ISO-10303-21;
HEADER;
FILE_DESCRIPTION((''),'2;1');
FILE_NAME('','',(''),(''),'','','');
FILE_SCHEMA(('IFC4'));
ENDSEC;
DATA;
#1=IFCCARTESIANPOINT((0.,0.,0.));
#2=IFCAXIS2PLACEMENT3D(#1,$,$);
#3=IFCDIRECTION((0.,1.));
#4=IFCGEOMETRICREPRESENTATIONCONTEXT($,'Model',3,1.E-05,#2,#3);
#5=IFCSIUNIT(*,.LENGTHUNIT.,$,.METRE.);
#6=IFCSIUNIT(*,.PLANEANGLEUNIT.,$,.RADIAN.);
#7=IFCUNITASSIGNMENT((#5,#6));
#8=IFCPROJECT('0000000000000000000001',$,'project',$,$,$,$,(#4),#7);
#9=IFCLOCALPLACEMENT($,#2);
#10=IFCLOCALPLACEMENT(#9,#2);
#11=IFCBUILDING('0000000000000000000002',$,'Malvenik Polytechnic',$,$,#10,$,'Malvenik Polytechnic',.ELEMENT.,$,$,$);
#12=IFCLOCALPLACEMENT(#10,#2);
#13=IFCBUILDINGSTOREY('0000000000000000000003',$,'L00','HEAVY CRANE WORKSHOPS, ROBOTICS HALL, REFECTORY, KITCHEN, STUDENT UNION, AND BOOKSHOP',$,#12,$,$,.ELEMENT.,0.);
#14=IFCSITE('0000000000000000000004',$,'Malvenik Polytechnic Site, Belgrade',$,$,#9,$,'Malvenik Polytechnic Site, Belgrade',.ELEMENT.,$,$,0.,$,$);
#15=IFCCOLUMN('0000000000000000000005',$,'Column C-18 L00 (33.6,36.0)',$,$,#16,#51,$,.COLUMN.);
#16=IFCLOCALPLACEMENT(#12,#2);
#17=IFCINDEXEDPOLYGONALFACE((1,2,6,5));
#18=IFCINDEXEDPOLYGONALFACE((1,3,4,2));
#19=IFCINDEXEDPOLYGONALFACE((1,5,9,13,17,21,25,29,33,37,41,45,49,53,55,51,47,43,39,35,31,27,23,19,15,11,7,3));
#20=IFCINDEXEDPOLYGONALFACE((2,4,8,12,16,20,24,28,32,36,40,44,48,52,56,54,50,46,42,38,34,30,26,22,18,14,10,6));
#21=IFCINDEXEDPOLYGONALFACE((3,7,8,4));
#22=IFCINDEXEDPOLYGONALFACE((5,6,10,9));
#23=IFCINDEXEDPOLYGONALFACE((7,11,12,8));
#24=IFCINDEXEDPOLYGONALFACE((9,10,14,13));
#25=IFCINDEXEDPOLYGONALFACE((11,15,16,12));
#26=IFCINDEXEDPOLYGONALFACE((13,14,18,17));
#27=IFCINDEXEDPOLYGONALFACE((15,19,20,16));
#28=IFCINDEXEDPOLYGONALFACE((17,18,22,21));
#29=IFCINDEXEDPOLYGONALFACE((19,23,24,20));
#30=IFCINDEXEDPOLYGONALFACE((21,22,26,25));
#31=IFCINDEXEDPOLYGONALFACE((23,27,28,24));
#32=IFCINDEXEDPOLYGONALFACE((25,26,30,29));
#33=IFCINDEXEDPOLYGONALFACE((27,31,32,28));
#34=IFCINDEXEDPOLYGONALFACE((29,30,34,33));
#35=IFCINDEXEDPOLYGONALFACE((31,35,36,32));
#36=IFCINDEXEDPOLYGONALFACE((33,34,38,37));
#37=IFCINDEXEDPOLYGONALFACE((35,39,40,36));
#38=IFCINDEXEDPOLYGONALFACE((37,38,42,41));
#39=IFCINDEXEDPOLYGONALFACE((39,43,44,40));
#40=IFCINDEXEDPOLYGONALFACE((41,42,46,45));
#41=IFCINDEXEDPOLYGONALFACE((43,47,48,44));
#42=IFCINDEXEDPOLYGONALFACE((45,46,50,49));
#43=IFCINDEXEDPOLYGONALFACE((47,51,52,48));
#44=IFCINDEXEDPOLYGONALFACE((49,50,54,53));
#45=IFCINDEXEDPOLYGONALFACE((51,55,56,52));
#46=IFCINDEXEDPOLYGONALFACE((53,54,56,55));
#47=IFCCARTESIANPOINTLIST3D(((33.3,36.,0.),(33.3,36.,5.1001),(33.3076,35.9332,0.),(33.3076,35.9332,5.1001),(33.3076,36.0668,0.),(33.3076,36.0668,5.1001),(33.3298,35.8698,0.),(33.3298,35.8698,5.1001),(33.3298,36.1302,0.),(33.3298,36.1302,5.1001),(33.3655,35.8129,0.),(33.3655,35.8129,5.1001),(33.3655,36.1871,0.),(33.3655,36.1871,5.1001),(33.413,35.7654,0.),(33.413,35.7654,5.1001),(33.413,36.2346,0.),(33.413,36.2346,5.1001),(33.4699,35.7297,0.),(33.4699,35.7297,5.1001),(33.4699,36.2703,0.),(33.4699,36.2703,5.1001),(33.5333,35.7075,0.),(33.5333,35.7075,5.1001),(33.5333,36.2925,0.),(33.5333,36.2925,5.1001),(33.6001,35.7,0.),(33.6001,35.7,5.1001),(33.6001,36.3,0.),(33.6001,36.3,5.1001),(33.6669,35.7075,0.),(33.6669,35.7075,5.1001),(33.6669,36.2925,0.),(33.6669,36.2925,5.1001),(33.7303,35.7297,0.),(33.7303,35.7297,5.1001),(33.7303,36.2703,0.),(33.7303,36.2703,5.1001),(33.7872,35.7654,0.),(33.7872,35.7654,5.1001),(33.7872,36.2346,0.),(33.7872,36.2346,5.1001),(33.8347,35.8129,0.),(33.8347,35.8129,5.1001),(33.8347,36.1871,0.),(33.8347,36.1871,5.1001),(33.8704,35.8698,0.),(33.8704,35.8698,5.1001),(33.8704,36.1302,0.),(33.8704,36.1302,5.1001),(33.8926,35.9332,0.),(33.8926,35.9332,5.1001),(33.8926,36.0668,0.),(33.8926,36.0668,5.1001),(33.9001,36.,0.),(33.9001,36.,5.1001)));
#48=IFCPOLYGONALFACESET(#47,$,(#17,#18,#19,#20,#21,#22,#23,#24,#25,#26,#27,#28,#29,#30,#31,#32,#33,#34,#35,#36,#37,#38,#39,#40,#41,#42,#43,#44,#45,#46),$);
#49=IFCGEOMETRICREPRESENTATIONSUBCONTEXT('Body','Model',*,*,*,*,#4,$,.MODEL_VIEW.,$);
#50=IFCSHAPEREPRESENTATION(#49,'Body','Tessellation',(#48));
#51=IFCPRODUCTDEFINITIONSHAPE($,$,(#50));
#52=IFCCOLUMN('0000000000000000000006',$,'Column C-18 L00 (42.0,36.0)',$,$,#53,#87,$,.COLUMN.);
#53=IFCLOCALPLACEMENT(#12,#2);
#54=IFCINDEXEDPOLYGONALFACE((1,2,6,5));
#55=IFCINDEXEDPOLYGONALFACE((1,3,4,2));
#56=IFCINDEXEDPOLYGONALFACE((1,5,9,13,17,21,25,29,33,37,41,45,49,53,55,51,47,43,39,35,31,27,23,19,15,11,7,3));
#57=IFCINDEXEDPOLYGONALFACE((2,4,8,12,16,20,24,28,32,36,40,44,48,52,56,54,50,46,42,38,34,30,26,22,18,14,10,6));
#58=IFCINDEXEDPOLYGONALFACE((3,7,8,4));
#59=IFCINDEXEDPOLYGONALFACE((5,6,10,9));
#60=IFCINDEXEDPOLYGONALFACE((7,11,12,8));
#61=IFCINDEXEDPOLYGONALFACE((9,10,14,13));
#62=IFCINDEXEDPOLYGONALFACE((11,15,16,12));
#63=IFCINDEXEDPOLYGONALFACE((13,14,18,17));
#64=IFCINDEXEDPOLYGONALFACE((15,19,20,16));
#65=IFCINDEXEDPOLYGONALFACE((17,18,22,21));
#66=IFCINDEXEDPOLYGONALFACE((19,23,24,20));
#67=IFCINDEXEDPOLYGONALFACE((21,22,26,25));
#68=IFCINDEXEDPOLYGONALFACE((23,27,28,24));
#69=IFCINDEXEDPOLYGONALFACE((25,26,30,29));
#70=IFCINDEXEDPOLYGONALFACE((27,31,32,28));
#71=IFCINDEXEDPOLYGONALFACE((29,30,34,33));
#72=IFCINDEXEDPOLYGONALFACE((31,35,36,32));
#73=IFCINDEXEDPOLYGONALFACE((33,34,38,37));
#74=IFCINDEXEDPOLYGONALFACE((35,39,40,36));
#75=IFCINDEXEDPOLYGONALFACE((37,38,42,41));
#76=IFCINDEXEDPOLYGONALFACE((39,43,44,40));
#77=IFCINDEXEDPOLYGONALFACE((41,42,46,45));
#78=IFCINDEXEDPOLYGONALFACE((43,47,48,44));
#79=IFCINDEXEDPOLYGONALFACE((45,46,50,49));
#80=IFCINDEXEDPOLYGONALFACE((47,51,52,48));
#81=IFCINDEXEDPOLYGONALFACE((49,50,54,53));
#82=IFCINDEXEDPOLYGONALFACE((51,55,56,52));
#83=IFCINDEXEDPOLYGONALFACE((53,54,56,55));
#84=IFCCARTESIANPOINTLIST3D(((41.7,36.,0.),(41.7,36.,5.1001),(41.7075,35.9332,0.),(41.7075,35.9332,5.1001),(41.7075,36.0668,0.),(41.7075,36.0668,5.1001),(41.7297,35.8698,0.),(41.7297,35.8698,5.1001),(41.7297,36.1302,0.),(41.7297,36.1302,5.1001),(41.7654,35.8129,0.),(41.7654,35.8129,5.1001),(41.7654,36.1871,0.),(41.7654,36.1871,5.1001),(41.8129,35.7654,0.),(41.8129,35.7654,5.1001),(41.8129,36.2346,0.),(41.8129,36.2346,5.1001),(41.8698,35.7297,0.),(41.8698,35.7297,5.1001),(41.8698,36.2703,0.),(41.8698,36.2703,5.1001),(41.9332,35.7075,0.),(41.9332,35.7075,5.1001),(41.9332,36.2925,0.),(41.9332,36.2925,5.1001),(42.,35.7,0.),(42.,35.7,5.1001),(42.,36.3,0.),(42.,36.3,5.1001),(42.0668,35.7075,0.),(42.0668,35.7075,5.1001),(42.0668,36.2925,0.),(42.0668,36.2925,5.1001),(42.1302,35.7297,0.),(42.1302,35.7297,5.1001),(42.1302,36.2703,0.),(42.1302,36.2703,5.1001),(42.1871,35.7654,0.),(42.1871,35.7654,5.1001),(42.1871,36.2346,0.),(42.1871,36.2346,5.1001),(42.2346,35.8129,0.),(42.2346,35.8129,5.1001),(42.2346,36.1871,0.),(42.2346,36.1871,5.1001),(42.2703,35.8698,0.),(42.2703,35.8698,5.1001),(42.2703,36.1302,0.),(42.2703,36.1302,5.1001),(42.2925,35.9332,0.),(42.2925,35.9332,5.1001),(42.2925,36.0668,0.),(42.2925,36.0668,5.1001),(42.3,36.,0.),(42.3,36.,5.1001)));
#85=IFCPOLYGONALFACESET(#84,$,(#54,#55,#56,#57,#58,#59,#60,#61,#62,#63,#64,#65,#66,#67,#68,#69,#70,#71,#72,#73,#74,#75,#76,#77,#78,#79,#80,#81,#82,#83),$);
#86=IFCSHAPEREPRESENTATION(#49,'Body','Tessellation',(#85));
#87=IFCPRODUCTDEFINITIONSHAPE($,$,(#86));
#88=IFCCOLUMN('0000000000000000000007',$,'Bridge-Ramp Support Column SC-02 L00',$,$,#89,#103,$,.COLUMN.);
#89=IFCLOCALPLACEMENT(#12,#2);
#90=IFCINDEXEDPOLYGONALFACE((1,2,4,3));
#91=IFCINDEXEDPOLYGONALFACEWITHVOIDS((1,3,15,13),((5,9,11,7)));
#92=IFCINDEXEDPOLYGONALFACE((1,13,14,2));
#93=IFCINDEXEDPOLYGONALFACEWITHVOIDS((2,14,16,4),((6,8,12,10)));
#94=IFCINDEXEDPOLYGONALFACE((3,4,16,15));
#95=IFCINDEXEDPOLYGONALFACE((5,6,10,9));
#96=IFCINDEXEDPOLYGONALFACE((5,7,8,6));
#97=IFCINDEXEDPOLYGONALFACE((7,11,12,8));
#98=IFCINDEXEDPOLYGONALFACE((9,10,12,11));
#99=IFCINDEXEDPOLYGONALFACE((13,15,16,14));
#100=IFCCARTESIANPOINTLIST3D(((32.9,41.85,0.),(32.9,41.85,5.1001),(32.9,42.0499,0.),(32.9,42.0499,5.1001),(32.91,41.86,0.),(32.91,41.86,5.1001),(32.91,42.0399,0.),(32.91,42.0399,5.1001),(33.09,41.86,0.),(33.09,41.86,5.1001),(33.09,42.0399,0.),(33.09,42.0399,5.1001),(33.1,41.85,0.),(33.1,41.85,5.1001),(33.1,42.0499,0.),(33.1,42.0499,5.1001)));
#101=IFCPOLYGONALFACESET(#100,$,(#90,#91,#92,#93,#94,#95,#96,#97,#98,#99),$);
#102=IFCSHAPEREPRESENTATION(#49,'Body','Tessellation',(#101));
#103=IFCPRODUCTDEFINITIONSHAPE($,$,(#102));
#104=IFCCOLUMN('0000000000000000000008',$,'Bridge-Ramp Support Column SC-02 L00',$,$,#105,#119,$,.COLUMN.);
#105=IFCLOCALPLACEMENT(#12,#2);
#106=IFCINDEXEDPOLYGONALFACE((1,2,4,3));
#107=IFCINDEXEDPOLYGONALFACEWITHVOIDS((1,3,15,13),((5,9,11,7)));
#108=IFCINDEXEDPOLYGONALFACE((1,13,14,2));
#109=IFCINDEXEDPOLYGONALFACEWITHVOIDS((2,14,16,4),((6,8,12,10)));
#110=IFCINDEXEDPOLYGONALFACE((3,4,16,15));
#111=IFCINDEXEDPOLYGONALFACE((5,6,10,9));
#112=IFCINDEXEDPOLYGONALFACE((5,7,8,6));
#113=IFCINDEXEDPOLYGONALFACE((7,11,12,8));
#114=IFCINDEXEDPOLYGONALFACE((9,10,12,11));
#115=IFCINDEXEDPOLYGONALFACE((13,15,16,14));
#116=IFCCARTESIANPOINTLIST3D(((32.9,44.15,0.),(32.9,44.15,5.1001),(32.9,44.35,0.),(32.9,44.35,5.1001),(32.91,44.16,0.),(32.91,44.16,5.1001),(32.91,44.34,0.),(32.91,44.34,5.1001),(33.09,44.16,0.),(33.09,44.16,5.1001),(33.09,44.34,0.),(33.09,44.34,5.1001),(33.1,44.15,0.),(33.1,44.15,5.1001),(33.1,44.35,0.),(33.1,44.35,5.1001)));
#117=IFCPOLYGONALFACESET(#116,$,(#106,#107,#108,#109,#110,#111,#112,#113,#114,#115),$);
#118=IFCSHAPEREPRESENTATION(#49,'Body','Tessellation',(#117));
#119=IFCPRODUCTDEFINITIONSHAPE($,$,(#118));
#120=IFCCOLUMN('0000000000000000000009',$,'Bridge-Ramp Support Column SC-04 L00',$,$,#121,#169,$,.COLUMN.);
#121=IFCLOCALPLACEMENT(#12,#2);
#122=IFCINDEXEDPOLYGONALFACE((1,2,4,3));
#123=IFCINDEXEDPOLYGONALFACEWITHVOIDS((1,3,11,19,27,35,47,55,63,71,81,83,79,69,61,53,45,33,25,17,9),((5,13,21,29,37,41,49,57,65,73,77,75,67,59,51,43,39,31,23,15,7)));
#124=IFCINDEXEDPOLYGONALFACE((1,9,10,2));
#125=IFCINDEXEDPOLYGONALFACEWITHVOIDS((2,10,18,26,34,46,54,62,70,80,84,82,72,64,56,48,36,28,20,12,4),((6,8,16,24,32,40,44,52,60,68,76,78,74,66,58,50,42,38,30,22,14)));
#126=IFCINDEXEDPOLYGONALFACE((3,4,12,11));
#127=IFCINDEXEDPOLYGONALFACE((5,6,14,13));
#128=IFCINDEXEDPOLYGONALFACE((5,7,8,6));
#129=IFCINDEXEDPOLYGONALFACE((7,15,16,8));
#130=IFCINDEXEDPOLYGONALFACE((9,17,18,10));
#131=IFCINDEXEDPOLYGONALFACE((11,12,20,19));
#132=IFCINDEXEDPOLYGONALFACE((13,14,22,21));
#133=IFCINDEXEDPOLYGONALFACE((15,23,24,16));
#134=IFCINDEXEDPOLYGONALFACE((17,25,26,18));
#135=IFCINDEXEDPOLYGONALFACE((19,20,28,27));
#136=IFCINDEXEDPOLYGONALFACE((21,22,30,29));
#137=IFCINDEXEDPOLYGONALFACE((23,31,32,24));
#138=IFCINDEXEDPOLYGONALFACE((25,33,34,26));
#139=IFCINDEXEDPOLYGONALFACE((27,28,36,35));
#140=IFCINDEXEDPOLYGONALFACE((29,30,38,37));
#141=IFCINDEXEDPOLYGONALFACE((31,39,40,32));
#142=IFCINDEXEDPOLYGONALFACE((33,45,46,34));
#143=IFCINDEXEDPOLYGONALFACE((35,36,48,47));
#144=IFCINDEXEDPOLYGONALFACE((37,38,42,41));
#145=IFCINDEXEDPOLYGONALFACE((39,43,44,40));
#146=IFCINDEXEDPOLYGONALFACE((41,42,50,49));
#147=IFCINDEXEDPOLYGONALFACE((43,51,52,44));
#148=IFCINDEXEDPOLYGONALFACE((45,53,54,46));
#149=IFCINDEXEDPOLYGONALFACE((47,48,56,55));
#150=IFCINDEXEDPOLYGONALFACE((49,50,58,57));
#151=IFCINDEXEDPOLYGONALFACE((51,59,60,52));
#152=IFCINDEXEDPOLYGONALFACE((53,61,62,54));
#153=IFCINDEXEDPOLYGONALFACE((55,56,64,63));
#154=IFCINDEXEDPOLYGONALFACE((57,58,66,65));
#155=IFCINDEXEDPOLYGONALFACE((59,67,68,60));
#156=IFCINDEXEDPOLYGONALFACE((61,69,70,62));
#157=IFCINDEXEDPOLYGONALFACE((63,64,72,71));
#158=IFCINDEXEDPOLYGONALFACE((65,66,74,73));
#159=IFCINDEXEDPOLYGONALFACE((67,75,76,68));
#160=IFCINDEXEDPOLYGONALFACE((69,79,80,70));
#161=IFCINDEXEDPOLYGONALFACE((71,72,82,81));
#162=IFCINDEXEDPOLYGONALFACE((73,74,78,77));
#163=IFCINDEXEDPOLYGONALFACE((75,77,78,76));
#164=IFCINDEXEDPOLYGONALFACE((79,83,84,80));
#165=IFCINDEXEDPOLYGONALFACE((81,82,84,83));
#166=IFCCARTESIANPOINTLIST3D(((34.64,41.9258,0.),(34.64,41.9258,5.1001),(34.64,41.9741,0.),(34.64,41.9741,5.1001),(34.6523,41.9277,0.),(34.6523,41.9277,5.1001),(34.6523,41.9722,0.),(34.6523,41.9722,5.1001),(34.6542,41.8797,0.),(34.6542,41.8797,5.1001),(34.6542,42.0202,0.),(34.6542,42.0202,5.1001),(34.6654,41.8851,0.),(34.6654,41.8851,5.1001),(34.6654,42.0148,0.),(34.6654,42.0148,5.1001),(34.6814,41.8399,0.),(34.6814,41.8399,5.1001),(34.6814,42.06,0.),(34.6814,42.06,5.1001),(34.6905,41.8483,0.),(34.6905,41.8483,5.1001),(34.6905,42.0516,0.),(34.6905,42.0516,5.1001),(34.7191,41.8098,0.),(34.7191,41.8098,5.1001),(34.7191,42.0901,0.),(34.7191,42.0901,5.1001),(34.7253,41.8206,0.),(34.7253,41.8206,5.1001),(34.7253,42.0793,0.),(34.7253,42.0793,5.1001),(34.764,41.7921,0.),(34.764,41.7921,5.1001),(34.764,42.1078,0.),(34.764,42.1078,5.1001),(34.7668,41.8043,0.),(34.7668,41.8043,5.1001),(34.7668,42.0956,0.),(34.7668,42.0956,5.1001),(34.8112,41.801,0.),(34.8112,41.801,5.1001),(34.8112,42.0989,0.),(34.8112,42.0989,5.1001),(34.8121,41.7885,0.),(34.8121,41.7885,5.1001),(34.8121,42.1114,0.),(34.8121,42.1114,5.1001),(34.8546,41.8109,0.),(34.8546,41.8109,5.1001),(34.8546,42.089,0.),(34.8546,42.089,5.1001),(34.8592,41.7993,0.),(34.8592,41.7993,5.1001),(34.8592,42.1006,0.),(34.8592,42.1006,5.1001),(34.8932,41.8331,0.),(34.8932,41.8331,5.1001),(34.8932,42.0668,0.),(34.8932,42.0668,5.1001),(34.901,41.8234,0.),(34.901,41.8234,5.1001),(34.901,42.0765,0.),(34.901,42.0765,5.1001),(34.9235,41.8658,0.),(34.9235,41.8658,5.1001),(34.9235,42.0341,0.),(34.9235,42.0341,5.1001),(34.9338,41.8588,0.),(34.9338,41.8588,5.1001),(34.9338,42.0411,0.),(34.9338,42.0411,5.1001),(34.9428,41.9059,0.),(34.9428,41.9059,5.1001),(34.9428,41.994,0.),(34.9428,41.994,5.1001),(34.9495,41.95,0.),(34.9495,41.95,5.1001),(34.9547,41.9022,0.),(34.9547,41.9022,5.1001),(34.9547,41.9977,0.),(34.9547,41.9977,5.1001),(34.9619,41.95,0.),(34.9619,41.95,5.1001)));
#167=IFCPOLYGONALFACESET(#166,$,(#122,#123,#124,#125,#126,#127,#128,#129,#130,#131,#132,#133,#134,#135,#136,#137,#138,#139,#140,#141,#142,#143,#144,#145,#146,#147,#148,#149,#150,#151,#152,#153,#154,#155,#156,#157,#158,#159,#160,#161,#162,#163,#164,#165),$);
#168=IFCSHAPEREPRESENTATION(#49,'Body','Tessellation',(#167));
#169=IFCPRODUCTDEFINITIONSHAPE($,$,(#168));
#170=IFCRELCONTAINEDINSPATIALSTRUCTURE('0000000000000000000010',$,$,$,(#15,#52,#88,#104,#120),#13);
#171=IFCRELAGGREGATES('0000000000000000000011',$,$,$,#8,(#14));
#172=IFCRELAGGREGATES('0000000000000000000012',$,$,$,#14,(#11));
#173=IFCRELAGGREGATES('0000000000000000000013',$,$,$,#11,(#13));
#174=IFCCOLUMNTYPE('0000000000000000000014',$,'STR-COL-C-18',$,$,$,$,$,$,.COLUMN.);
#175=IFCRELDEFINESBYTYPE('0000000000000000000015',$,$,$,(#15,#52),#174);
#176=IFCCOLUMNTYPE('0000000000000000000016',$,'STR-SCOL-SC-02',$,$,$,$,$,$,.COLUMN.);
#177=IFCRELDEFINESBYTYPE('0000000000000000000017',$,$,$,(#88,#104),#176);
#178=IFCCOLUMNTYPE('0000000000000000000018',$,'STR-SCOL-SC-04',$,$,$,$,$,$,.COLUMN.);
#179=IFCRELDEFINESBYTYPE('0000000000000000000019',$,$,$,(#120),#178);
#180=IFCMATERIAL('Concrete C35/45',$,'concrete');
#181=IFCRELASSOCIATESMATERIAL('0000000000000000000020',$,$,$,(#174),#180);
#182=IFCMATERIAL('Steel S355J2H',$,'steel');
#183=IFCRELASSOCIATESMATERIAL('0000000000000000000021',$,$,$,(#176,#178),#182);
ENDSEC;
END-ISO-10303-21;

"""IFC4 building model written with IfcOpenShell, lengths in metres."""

from ifc_helpers import new_model, si_unit, direction, frame, origin, origin_2d, place, context, subcontext, project, spatial, hollow_rectangle, circle, hollow_circle, extrude, material, material_profile, profile_set, type_object, element, save


model = new_model("IFC4")

# Units and contexts
model_context = context("Model", 3, precision=1e-05, world=origin(), true_north=direction((0.0, 1.0)))
body_context = subcontext(model_context, "Body", "Model", "MODEL_VIEW")
ifc_project = project(units=[si_unit("LENGTHUNIT", "METRE"), si_unit("PLANEANGLEUNIT", "RADIAN")], contexts=[model_context])

# Site, building, storey
site_placement = place(None, origin())
site = spatial("IfcSite", under=ifc_project, at=site_placement, Name="Malvenik Polytechnic Site, Belgrade", LongName="Malvenik Polytechnic Site, Belgrade", CompositionType="ELEMENT", RefElevation=0.0)
building_placement = place(site_placement, origin())
building = spatial("IfcBuilding", under=site, at=building_placement, Name="Malvenik Polytechnic", LongName="Malvenik Polytechnic", CompositionType="ELEMENT")
storey_placement = place(building_placement, origin())
storey = spatial("IfcBuildingStorey", under=building, at=storey_placement, Name="L00", Description="HEAVY CRANE WORKSHOPS, ROBOTICS HALL, REFECTORY, KITCHEN, STUDENT UNION, AND BOOKSHOP", CompositionType="ELEMENT", Elevation=0.0)

# Columns
ifc_material_1 = material(Name="Concrete C35/45", Category="concrete")
ifc_material_profile_1 = material_profile(ifc_material_1, circle(Radius=0.3, at=origin_2d()), Name="RC COL D600")
ifc_profile_set_1 = profile_set([ifc_material_profile_1], Name="Concrete C35/45")
column_type_1 = type_object("IfcColumnType", Name="STR-COL-C-18", PredefinedType="COLUMN", material=ifc_profile_set_1)
for number, where, z_axis, x_axis, name in (
    (1, (33.6001, 36.0, 0.0), (0.0, 0.0, 1.0), (1.0, 0.0, 0.0), "Column C-18 L00 (33.6,36.0)"),
    (2, (42.0, 36.0, 0.0), (0.0, 0.0, 1.0), (1.0, 0.0, 0.0), "Column C-18 L00 (42.0,36.0)"),
):
    element("IfcColumn", number, at=place(storey_placement, frame(where, z_axis=z_axis, x_axis=x_axis)), inside=storey, type_object=column_type_1, Name=name, PredefinedType="COLUMN", context=body_context, shape_type="SweptSolid", body=[
        extrude(circle(Radius=0.3, at=origin_2d()), origin(), (0.0, 0.0, 1.0), 5.1001),
    ])
ifc_material_2 = material(Name="Steel S355J2H", Category="steel")
ifc_material_profile_2 = material_profile(ifc_material_2, hollow_rectangle(XDim=0.2, YDim=0.2, WallThickness=0.01, at=origin_2d()), Name="SHS 200x200x10.0")
ifc_profile_set_2 = profile_set([ifc_material_profile_2], Name="Steel S355J2H")
column_type_2 = type_object("IfcColumnType", Name="STR-SCOL-SC-02", PredefinedType="COLUMN", material=ifc_profile_set_2)
for number, where, z_axis, x_axis, name in (
    (3, (33.0, 41.95, 0.0), (0.0, 0.0, 1.0), (1.0, 0.0, 0.0), "Bridge-Ramp Support Column SC-02 L00"),
    (4, (33.0, 44.25, 0.0), (0.0, 0.0, 1.0), (1.0, 0.0, 0.0), "Bridge-Ramp Support Column SC-02 L00"),
):
    element("IfcColumn", number, at=place(storey_placement, frame(where, z_axis=z_axis, x_axis=x_axis)), inside=storey, type_object=column_type_2, Name=name, PredefinedType="COLUMN", context=body_context, shape_type="SweptSolid", body=[
        extrude(hollow_rectangle(XDim=0.2, YDim=0.2, WallThickness=0.01, at=origin_2d()), origin(), (0.0, 0.0, 1.0), 5.1001),
    ])
ifc_material_profile_3 = material_profile(ifc_material_2, hollow_circle(Radius=0.1619, WallThickness=0.0125, at=origin_2d()), Name="CHS 323.9x12.5")
ifc_profile_set_3 = profile_set([ifc_material_profile_3], Name="Steel S355J2H")
column_type_3 = type_object("IfcColumnType", Name="STR-SCOL-SC-04", PredefinedType="COLUMN", material=ifc_profile_set_3)
for number, where, z_axis, x_axis, name in (
    (5, (34.8, 41.95, 0.0), (0.0, 0.0, 1.0), (1.0, 0.0, 0.0), "Bridge-Ramp Support Column SC-04 L00"),
):
    element("IfcColumn", number, at=place(storey_placement, frame(where, z_axis=z_axis, x_axis=x_axis)), inside=storey, type_object=column_type_3, Name=name, PredefinedType="COLUMN", context=body_context, shape_type="SweptSolid", body=[
        extrude(hollow_circle(Radius=0.1619, WallThickness=0.0125, at=origin_2d()), origin(), (0.0, 0.0, 1.0), 5.1001),
    ])

save(model, "model.ifc")
